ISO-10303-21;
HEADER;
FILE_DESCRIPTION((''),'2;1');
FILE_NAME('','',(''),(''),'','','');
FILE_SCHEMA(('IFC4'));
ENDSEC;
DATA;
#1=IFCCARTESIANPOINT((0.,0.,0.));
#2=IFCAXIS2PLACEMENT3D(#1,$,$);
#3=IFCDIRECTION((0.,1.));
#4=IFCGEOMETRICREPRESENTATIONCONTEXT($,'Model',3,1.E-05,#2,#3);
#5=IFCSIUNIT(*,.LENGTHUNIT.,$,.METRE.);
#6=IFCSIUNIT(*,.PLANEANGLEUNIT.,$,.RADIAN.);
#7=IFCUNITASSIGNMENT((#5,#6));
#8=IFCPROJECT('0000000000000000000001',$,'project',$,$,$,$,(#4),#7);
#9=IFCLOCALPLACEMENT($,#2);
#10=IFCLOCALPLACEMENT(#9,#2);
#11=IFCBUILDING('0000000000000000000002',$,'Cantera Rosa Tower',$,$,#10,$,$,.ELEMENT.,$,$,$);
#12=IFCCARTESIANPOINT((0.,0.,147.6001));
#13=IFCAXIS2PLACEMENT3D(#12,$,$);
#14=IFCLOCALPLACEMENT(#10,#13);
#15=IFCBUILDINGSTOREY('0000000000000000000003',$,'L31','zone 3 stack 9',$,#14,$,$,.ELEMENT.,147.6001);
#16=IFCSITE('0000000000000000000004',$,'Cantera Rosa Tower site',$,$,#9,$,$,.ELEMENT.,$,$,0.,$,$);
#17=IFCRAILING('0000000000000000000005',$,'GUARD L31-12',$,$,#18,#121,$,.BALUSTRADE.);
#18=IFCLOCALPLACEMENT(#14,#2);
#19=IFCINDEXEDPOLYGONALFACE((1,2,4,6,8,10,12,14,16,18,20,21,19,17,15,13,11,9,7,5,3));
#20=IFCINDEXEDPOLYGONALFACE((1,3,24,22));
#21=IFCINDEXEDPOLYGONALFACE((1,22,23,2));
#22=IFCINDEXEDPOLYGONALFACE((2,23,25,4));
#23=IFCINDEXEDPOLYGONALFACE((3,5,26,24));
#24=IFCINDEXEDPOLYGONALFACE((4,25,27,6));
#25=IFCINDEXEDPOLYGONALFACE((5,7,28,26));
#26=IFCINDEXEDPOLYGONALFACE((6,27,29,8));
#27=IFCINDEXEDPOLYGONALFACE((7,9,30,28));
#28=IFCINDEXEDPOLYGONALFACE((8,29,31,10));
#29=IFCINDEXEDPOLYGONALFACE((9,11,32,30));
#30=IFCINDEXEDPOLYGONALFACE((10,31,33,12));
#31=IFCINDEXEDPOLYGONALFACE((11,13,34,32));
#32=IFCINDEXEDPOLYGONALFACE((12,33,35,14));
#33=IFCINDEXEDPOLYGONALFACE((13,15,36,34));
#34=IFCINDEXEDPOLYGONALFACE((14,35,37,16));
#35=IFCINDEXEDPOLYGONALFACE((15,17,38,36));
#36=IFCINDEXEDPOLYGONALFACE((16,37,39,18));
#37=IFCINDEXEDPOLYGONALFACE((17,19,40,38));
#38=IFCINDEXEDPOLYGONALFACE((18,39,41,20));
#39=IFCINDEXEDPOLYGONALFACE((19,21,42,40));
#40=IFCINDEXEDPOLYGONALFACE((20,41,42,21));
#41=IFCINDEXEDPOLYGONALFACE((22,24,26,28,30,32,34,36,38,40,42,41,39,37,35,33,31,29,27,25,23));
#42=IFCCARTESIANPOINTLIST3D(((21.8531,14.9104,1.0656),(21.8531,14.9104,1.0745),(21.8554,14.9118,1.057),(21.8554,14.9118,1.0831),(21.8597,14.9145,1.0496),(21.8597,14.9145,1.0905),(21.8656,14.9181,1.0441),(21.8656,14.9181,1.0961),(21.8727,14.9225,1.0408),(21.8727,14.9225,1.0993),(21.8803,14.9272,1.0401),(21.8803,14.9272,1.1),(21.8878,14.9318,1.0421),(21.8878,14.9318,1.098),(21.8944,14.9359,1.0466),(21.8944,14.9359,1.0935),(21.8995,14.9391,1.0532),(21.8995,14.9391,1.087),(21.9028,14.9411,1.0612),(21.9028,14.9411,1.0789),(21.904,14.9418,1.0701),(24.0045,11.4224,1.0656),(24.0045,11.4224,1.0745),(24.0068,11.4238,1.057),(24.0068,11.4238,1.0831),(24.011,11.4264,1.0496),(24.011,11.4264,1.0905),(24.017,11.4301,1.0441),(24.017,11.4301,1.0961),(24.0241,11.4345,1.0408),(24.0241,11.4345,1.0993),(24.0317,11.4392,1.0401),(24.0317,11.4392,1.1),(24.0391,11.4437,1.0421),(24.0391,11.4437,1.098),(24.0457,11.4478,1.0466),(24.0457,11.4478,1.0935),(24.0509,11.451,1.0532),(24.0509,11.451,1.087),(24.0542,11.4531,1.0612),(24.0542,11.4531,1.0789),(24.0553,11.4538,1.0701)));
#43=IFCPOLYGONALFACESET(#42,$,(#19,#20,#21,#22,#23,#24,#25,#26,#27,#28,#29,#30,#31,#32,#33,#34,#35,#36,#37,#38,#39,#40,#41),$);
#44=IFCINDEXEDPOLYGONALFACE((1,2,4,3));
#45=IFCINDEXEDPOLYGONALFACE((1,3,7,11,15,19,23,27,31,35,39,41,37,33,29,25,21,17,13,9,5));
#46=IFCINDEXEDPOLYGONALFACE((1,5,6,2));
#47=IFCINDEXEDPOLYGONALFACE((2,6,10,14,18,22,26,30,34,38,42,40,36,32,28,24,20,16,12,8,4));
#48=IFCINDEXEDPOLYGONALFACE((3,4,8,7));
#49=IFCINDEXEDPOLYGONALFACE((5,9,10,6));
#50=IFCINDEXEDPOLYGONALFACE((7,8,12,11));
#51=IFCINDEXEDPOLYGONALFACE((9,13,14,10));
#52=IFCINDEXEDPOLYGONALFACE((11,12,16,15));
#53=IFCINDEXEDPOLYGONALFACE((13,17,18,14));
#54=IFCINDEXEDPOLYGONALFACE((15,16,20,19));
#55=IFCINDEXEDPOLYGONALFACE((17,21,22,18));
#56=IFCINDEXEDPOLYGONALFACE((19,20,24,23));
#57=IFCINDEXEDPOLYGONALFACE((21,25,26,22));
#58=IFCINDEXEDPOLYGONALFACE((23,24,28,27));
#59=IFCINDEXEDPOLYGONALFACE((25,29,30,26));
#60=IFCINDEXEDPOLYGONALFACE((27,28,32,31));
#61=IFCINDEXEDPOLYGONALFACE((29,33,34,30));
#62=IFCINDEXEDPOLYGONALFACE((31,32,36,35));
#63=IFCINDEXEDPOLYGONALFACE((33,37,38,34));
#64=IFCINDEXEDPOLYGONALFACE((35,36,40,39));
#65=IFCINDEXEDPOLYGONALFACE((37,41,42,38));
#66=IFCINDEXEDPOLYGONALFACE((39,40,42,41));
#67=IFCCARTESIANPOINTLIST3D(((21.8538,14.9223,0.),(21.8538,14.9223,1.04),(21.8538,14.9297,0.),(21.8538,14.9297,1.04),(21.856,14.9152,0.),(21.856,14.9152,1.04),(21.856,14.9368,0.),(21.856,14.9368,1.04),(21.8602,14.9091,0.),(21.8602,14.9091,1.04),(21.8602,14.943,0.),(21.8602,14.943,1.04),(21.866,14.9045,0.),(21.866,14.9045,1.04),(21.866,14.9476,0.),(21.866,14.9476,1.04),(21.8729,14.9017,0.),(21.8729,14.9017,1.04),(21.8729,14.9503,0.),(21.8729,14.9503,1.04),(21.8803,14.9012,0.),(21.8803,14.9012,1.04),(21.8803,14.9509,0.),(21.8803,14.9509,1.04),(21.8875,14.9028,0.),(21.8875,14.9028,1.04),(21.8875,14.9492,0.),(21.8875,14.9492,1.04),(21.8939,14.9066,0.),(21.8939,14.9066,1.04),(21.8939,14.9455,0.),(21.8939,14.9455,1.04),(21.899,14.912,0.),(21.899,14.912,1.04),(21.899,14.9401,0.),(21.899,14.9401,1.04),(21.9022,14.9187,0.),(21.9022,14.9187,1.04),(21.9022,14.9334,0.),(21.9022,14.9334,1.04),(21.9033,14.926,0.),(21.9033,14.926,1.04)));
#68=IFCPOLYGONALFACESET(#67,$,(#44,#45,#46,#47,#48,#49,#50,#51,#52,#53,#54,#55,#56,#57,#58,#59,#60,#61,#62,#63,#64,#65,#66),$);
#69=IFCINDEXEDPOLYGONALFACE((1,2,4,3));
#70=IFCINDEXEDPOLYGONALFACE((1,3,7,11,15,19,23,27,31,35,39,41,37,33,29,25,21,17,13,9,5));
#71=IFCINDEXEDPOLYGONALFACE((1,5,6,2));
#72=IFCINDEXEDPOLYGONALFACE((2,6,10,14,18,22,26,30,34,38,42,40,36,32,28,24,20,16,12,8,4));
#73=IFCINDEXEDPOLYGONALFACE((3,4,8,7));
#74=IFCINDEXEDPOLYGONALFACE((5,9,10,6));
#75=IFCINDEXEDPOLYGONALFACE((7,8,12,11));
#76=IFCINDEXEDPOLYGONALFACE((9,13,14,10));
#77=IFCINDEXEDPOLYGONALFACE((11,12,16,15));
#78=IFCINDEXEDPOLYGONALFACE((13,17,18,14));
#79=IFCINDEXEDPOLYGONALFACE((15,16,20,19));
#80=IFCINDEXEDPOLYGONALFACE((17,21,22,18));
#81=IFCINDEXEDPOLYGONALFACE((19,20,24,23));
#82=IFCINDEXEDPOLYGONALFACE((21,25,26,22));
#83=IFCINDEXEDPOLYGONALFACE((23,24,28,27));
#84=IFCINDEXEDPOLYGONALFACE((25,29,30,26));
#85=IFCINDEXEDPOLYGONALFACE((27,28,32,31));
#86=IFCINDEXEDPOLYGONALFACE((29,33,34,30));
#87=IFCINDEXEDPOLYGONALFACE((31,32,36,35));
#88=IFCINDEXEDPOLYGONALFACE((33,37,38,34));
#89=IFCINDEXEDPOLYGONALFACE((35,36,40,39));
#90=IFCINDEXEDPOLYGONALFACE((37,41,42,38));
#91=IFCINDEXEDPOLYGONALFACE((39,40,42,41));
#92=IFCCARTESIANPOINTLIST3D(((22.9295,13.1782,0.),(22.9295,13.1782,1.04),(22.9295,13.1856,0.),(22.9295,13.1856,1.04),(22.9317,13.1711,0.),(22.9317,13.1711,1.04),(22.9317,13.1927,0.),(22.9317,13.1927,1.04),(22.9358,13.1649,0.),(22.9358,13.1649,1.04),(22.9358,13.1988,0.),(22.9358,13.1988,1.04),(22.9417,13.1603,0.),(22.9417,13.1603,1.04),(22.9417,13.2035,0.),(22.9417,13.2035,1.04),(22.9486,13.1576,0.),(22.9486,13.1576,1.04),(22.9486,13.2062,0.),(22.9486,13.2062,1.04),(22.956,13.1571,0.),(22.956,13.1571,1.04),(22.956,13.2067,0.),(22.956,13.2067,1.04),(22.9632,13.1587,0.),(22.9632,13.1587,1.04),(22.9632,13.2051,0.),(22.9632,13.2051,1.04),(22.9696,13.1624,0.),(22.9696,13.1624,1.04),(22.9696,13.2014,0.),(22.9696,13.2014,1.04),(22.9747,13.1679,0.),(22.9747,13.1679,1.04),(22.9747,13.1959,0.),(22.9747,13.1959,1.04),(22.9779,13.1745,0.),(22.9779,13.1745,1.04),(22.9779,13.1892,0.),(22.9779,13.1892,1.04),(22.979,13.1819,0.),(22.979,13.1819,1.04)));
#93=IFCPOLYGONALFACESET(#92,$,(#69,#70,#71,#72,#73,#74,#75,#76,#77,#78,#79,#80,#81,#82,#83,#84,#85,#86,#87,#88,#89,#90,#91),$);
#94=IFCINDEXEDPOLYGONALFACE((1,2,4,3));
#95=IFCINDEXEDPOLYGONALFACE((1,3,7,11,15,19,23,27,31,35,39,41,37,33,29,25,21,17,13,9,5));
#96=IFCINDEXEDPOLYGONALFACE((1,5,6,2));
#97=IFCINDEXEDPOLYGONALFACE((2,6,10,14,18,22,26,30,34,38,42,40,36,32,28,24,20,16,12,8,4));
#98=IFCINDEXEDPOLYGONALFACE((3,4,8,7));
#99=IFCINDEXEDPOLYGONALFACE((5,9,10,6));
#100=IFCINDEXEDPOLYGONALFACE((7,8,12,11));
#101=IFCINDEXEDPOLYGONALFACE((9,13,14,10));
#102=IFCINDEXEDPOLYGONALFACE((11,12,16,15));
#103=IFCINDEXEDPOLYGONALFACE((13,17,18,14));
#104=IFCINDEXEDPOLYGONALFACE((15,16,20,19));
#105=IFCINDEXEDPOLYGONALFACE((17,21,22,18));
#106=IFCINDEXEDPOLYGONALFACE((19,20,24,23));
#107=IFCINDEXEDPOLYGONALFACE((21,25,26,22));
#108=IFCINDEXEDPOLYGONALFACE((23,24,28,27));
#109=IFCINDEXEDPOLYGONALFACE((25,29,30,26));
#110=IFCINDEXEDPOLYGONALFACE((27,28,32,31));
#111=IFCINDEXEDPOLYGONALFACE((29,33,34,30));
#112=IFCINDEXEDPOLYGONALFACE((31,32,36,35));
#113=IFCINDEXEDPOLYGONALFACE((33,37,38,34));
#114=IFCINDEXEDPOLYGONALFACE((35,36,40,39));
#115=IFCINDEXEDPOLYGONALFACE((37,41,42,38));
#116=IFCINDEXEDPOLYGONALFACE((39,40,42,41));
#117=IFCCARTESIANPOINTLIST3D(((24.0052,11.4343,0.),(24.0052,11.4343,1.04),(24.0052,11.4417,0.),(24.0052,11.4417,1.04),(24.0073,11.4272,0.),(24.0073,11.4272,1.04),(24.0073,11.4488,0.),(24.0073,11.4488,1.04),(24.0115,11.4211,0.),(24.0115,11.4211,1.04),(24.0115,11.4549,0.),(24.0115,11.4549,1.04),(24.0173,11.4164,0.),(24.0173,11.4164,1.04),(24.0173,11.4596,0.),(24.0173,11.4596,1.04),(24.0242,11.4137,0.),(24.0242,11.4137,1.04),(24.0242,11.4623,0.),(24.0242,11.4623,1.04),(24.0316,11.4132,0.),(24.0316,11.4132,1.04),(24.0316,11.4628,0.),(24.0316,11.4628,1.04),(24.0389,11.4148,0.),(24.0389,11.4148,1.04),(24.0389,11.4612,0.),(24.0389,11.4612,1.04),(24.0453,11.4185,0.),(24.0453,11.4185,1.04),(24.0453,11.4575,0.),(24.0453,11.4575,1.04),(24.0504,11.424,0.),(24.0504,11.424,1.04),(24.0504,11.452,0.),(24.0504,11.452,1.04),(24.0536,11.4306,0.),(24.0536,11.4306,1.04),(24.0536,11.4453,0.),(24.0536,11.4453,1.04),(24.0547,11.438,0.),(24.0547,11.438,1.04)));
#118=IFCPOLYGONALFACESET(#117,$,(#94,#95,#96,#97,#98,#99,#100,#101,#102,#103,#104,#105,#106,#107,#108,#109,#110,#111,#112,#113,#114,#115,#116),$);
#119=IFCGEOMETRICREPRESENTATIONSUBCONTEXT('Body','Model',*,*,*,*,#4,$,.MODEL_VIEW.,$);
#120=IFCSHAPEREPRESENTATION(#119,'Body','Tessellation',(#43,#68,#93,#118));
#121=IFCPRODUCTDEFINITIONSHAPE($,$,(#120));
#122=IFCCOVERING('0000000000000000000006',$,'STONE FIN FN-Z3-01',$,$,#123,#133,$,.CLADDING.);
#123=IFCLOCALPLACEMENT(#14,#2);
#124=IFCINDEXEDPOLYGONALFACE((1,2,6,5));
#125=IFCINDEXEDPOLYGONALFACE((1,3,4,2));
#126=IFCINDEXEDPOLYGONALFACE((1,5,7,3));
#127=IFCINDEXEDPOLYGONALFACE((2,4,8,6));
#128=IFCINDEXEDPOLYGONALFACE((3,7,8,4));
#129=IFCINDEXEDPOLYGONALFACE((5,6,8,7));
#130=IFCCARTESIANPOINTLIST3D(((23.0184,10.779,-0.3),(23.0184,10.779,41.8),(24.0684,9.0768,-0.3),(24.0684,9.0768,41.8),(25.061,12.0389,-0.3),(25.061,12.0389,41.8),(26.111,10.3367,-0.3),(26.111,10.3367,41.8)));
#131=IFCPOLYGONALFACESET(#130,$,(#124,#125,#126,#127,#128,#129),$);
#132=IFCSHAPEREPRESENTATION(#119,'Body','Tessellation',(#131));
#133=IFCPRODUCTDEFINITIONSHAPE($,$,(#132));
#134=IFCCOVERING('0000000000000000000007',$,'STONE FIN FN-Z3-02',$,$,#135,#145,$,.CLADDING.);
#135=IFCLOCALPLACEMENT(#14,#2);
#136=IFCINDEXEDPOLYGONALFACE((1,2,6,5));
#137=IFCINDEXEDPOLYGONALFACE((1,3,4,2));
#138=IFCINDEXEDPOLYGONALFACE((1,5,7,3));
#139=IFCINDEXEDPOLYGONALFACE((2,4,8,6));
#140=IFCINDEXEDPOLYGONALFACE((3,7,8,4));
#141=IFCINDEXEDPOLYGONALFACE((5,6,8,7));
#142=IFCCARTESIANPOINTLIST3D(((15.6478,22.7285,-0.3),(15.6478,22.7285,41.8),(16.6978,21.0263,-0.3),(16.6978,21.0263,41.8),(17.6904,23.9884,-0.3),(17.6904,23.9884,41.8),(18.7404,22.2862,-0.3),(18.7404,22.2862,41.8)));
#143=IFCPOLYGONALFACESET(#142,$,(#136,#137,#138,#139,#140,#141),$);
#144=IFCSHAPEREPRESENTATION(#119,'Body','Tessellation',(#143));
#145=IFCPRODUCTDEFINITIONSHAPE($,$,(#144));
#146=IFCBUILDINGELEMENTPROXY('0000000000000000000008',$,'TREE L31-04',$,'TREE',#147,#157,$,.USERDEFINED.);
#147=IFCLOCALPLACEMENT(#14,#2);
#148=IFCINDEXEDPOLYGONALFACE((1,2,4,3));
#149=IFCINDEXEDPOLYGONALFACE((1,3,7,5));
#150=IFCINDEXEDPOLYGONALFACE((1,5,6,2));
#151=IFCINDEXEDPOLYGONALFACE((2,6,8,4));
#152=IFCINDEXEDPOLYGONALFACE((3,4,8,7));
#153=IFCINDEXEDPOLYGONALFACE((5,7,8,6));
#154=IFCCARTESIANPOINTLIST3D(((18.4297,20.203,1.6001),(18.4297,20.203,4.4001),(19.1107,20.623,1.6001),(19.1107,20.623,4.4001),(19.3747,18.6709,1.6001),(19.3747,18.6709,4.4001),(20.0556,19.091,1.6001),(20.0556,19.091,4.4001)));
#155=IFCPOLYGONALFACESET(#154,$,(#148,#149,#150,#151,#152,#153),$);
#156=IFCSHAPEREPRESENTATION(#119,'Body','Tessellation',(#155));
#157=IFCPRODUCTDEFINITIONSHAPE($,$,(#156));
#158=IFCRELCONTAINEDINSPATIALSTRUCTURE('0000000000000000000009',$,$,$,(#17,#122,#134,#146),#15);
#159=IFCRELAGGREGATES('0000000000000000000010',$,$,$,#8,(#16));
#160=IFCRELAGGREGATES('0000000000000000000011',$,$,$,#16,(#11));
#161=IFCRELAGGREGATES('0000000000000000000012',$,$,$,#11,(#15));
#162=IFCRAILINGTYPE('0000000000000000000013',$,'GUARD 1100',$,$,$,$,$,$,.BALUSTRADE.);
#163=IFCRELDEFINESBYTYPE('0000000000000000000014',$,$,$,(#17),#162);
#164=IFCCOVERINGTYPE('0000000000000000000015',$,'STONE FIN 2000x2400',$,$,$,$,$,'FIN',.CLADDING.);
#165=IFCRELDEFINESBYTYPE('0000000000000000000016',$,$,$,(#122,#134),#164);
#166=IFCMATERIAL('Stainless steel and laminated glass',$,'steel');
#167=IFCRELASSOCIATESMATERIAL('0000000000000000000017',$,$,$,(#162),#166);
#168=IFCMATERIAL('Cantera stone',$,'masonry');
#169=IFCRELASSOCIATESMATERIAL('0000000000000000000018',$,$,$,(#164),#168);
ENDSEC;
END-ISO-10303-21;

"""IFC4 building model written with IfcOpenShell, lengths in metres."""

from ifc_helpers import new_model, si_unit, direction, frame, origin, origin_2d, place, context, subcontext, project, spatial, rectangle, circle, extrude, material, type_object, element, save


model = new_model("IFC4")

# Units and contexts
model_context = context("Model", 3, precision=1e-05, world=origin(), true_north=direction((0.0, 1.0)))
body_context = subcontext(model_context, "Body", "Model", "MODEL_VIEW")
ifc_project = project(units=[si_unit("LENGTHUNIT", "METRE"), si_unit("PLANEANGLEUNIT", "RADIAN")], contexts=[model_context])

# Site, building, storey
site_placement = place(None, origin())
site = spatial("IfcSite", under=ifc_project, at=site_placement, Name="Cantera Rosa Tower site", CompositionType="ELEMENT", RefElevation=0.0)
building_placement = place(site_placement, origin())
building = spatial("IfcBuilding", under=site, at=building_placement, Name="Cantera Rosa Tower", CompositionType="ELEMENT")
storey_placement = place(building_placement, frame((0.0, 0.0, 147.6001)))
storey = spatial("IfcBuildingStorey", under=building, at=storey_placement, Name="L31", Description="zone 3 stack 9", CompositionType="ELEMENT", Elevation=147.6001)

# Railing
ifc_material_1 = material(Name="Stainless steel and laminated glass", Category="steel")
railing_type = type_object("IfcRailingType", Name="GUARD 1100", PredefinedType="BALUSTRADE", material=ifc_material_1)
railing_1_placement = place(storey_placement, frame((21.8784, 14.926, 0.0)))
element("IfcRailing", 1, at=railing_1_placement, inside=storey, type_object=railing_type, Name="GUARD L31-12", PredefinedType="BALUSTRADE", context=body_context, shape_type="SweptSolid", body=[
    extrude(circle(Radius=0.03, at=origin_2d()), frame((0.0, 0.0, 1.0701), z_axis=(0.524961, -0.851126, 0.0), x_axis=(0.851126, 0.524961, 0.0)), (0.0, 0.0, 1.0), 4.0981),
    extrude(circle(Radius=0.0249, at=origin_2d()), origin(), (0.0, 0.0, 1.0), 1.04),
    extrude(circle(Radius=0.0249, at=origin_2d()), frame((1.0757, -1.7441, 0.0)), (0.0, 0.0, 1.0), 1.04),
    extrude(circle(Radius=0.0249, at=origin_2d()), frame((2.1514, -3.488, 0.0)), (0.0, 0.0, 1.0), 1.04),
])

# Coverings
ifc_material_2 = material(Name="Cantera stone", Category="masonry")
covering_type = type_object("IfcCoveringType", Name="STONE FIN 2000x2400", ElementType="FIN", PredefinedType="CLADDING", material=ifc_material_2)
for number, where, z_axis, x_axis, name in (
    (2, (24.5647, 10.5579, -0.3), (0.0, 0.0, 1.0), (-0.524977, 0.851117, 0.0), "STONE FIN FN-Z3-01"),
    (3, (17.1941, 22.5073, -0.3), (0.0, 0.0, 1.0), (-0.524977, 0.851117, 0.0), "STONE FIN FN-Z3-02"),
):
    element("IfcCovering", number, at=place(storey_placement, frame(where, z_axis=z_axis, x_axis=x_axis)), inside=storey, type_object=covering_type, Name=name, PredefinedType="CLADDING", context=body_context, shape_type="SweptSolid", body=[
        extrude(rectangle(XDim=2.0, YDim=2.3999, at=origin_2d()), origin(), (0.0, 0.0, 1.0), 42.1001),
    ])

# Building element proxy
proxy_placement = place(storey_placement, frame((19.2427, 19.647, 1.6001), z_axis=(0.0, 0.0, 1.0), x_axis=(-0.524977, 0.851117, 0.0)))
element("IfcBuildingElementProxy", 4, at=proxy_placement, inside=storey, Name="TREE L31-04", ObjectType="TREE", PredefinedType="USERDEFINED", context=body_context, shape_type="SweptSolid", body=[
    extrude(rectangle(XDim=1.8, YDim=0.8, at=origin_2d()), origin(), (0.0, 0.0, 1.0), 2.8),
])

save(model, "model.ifc")
